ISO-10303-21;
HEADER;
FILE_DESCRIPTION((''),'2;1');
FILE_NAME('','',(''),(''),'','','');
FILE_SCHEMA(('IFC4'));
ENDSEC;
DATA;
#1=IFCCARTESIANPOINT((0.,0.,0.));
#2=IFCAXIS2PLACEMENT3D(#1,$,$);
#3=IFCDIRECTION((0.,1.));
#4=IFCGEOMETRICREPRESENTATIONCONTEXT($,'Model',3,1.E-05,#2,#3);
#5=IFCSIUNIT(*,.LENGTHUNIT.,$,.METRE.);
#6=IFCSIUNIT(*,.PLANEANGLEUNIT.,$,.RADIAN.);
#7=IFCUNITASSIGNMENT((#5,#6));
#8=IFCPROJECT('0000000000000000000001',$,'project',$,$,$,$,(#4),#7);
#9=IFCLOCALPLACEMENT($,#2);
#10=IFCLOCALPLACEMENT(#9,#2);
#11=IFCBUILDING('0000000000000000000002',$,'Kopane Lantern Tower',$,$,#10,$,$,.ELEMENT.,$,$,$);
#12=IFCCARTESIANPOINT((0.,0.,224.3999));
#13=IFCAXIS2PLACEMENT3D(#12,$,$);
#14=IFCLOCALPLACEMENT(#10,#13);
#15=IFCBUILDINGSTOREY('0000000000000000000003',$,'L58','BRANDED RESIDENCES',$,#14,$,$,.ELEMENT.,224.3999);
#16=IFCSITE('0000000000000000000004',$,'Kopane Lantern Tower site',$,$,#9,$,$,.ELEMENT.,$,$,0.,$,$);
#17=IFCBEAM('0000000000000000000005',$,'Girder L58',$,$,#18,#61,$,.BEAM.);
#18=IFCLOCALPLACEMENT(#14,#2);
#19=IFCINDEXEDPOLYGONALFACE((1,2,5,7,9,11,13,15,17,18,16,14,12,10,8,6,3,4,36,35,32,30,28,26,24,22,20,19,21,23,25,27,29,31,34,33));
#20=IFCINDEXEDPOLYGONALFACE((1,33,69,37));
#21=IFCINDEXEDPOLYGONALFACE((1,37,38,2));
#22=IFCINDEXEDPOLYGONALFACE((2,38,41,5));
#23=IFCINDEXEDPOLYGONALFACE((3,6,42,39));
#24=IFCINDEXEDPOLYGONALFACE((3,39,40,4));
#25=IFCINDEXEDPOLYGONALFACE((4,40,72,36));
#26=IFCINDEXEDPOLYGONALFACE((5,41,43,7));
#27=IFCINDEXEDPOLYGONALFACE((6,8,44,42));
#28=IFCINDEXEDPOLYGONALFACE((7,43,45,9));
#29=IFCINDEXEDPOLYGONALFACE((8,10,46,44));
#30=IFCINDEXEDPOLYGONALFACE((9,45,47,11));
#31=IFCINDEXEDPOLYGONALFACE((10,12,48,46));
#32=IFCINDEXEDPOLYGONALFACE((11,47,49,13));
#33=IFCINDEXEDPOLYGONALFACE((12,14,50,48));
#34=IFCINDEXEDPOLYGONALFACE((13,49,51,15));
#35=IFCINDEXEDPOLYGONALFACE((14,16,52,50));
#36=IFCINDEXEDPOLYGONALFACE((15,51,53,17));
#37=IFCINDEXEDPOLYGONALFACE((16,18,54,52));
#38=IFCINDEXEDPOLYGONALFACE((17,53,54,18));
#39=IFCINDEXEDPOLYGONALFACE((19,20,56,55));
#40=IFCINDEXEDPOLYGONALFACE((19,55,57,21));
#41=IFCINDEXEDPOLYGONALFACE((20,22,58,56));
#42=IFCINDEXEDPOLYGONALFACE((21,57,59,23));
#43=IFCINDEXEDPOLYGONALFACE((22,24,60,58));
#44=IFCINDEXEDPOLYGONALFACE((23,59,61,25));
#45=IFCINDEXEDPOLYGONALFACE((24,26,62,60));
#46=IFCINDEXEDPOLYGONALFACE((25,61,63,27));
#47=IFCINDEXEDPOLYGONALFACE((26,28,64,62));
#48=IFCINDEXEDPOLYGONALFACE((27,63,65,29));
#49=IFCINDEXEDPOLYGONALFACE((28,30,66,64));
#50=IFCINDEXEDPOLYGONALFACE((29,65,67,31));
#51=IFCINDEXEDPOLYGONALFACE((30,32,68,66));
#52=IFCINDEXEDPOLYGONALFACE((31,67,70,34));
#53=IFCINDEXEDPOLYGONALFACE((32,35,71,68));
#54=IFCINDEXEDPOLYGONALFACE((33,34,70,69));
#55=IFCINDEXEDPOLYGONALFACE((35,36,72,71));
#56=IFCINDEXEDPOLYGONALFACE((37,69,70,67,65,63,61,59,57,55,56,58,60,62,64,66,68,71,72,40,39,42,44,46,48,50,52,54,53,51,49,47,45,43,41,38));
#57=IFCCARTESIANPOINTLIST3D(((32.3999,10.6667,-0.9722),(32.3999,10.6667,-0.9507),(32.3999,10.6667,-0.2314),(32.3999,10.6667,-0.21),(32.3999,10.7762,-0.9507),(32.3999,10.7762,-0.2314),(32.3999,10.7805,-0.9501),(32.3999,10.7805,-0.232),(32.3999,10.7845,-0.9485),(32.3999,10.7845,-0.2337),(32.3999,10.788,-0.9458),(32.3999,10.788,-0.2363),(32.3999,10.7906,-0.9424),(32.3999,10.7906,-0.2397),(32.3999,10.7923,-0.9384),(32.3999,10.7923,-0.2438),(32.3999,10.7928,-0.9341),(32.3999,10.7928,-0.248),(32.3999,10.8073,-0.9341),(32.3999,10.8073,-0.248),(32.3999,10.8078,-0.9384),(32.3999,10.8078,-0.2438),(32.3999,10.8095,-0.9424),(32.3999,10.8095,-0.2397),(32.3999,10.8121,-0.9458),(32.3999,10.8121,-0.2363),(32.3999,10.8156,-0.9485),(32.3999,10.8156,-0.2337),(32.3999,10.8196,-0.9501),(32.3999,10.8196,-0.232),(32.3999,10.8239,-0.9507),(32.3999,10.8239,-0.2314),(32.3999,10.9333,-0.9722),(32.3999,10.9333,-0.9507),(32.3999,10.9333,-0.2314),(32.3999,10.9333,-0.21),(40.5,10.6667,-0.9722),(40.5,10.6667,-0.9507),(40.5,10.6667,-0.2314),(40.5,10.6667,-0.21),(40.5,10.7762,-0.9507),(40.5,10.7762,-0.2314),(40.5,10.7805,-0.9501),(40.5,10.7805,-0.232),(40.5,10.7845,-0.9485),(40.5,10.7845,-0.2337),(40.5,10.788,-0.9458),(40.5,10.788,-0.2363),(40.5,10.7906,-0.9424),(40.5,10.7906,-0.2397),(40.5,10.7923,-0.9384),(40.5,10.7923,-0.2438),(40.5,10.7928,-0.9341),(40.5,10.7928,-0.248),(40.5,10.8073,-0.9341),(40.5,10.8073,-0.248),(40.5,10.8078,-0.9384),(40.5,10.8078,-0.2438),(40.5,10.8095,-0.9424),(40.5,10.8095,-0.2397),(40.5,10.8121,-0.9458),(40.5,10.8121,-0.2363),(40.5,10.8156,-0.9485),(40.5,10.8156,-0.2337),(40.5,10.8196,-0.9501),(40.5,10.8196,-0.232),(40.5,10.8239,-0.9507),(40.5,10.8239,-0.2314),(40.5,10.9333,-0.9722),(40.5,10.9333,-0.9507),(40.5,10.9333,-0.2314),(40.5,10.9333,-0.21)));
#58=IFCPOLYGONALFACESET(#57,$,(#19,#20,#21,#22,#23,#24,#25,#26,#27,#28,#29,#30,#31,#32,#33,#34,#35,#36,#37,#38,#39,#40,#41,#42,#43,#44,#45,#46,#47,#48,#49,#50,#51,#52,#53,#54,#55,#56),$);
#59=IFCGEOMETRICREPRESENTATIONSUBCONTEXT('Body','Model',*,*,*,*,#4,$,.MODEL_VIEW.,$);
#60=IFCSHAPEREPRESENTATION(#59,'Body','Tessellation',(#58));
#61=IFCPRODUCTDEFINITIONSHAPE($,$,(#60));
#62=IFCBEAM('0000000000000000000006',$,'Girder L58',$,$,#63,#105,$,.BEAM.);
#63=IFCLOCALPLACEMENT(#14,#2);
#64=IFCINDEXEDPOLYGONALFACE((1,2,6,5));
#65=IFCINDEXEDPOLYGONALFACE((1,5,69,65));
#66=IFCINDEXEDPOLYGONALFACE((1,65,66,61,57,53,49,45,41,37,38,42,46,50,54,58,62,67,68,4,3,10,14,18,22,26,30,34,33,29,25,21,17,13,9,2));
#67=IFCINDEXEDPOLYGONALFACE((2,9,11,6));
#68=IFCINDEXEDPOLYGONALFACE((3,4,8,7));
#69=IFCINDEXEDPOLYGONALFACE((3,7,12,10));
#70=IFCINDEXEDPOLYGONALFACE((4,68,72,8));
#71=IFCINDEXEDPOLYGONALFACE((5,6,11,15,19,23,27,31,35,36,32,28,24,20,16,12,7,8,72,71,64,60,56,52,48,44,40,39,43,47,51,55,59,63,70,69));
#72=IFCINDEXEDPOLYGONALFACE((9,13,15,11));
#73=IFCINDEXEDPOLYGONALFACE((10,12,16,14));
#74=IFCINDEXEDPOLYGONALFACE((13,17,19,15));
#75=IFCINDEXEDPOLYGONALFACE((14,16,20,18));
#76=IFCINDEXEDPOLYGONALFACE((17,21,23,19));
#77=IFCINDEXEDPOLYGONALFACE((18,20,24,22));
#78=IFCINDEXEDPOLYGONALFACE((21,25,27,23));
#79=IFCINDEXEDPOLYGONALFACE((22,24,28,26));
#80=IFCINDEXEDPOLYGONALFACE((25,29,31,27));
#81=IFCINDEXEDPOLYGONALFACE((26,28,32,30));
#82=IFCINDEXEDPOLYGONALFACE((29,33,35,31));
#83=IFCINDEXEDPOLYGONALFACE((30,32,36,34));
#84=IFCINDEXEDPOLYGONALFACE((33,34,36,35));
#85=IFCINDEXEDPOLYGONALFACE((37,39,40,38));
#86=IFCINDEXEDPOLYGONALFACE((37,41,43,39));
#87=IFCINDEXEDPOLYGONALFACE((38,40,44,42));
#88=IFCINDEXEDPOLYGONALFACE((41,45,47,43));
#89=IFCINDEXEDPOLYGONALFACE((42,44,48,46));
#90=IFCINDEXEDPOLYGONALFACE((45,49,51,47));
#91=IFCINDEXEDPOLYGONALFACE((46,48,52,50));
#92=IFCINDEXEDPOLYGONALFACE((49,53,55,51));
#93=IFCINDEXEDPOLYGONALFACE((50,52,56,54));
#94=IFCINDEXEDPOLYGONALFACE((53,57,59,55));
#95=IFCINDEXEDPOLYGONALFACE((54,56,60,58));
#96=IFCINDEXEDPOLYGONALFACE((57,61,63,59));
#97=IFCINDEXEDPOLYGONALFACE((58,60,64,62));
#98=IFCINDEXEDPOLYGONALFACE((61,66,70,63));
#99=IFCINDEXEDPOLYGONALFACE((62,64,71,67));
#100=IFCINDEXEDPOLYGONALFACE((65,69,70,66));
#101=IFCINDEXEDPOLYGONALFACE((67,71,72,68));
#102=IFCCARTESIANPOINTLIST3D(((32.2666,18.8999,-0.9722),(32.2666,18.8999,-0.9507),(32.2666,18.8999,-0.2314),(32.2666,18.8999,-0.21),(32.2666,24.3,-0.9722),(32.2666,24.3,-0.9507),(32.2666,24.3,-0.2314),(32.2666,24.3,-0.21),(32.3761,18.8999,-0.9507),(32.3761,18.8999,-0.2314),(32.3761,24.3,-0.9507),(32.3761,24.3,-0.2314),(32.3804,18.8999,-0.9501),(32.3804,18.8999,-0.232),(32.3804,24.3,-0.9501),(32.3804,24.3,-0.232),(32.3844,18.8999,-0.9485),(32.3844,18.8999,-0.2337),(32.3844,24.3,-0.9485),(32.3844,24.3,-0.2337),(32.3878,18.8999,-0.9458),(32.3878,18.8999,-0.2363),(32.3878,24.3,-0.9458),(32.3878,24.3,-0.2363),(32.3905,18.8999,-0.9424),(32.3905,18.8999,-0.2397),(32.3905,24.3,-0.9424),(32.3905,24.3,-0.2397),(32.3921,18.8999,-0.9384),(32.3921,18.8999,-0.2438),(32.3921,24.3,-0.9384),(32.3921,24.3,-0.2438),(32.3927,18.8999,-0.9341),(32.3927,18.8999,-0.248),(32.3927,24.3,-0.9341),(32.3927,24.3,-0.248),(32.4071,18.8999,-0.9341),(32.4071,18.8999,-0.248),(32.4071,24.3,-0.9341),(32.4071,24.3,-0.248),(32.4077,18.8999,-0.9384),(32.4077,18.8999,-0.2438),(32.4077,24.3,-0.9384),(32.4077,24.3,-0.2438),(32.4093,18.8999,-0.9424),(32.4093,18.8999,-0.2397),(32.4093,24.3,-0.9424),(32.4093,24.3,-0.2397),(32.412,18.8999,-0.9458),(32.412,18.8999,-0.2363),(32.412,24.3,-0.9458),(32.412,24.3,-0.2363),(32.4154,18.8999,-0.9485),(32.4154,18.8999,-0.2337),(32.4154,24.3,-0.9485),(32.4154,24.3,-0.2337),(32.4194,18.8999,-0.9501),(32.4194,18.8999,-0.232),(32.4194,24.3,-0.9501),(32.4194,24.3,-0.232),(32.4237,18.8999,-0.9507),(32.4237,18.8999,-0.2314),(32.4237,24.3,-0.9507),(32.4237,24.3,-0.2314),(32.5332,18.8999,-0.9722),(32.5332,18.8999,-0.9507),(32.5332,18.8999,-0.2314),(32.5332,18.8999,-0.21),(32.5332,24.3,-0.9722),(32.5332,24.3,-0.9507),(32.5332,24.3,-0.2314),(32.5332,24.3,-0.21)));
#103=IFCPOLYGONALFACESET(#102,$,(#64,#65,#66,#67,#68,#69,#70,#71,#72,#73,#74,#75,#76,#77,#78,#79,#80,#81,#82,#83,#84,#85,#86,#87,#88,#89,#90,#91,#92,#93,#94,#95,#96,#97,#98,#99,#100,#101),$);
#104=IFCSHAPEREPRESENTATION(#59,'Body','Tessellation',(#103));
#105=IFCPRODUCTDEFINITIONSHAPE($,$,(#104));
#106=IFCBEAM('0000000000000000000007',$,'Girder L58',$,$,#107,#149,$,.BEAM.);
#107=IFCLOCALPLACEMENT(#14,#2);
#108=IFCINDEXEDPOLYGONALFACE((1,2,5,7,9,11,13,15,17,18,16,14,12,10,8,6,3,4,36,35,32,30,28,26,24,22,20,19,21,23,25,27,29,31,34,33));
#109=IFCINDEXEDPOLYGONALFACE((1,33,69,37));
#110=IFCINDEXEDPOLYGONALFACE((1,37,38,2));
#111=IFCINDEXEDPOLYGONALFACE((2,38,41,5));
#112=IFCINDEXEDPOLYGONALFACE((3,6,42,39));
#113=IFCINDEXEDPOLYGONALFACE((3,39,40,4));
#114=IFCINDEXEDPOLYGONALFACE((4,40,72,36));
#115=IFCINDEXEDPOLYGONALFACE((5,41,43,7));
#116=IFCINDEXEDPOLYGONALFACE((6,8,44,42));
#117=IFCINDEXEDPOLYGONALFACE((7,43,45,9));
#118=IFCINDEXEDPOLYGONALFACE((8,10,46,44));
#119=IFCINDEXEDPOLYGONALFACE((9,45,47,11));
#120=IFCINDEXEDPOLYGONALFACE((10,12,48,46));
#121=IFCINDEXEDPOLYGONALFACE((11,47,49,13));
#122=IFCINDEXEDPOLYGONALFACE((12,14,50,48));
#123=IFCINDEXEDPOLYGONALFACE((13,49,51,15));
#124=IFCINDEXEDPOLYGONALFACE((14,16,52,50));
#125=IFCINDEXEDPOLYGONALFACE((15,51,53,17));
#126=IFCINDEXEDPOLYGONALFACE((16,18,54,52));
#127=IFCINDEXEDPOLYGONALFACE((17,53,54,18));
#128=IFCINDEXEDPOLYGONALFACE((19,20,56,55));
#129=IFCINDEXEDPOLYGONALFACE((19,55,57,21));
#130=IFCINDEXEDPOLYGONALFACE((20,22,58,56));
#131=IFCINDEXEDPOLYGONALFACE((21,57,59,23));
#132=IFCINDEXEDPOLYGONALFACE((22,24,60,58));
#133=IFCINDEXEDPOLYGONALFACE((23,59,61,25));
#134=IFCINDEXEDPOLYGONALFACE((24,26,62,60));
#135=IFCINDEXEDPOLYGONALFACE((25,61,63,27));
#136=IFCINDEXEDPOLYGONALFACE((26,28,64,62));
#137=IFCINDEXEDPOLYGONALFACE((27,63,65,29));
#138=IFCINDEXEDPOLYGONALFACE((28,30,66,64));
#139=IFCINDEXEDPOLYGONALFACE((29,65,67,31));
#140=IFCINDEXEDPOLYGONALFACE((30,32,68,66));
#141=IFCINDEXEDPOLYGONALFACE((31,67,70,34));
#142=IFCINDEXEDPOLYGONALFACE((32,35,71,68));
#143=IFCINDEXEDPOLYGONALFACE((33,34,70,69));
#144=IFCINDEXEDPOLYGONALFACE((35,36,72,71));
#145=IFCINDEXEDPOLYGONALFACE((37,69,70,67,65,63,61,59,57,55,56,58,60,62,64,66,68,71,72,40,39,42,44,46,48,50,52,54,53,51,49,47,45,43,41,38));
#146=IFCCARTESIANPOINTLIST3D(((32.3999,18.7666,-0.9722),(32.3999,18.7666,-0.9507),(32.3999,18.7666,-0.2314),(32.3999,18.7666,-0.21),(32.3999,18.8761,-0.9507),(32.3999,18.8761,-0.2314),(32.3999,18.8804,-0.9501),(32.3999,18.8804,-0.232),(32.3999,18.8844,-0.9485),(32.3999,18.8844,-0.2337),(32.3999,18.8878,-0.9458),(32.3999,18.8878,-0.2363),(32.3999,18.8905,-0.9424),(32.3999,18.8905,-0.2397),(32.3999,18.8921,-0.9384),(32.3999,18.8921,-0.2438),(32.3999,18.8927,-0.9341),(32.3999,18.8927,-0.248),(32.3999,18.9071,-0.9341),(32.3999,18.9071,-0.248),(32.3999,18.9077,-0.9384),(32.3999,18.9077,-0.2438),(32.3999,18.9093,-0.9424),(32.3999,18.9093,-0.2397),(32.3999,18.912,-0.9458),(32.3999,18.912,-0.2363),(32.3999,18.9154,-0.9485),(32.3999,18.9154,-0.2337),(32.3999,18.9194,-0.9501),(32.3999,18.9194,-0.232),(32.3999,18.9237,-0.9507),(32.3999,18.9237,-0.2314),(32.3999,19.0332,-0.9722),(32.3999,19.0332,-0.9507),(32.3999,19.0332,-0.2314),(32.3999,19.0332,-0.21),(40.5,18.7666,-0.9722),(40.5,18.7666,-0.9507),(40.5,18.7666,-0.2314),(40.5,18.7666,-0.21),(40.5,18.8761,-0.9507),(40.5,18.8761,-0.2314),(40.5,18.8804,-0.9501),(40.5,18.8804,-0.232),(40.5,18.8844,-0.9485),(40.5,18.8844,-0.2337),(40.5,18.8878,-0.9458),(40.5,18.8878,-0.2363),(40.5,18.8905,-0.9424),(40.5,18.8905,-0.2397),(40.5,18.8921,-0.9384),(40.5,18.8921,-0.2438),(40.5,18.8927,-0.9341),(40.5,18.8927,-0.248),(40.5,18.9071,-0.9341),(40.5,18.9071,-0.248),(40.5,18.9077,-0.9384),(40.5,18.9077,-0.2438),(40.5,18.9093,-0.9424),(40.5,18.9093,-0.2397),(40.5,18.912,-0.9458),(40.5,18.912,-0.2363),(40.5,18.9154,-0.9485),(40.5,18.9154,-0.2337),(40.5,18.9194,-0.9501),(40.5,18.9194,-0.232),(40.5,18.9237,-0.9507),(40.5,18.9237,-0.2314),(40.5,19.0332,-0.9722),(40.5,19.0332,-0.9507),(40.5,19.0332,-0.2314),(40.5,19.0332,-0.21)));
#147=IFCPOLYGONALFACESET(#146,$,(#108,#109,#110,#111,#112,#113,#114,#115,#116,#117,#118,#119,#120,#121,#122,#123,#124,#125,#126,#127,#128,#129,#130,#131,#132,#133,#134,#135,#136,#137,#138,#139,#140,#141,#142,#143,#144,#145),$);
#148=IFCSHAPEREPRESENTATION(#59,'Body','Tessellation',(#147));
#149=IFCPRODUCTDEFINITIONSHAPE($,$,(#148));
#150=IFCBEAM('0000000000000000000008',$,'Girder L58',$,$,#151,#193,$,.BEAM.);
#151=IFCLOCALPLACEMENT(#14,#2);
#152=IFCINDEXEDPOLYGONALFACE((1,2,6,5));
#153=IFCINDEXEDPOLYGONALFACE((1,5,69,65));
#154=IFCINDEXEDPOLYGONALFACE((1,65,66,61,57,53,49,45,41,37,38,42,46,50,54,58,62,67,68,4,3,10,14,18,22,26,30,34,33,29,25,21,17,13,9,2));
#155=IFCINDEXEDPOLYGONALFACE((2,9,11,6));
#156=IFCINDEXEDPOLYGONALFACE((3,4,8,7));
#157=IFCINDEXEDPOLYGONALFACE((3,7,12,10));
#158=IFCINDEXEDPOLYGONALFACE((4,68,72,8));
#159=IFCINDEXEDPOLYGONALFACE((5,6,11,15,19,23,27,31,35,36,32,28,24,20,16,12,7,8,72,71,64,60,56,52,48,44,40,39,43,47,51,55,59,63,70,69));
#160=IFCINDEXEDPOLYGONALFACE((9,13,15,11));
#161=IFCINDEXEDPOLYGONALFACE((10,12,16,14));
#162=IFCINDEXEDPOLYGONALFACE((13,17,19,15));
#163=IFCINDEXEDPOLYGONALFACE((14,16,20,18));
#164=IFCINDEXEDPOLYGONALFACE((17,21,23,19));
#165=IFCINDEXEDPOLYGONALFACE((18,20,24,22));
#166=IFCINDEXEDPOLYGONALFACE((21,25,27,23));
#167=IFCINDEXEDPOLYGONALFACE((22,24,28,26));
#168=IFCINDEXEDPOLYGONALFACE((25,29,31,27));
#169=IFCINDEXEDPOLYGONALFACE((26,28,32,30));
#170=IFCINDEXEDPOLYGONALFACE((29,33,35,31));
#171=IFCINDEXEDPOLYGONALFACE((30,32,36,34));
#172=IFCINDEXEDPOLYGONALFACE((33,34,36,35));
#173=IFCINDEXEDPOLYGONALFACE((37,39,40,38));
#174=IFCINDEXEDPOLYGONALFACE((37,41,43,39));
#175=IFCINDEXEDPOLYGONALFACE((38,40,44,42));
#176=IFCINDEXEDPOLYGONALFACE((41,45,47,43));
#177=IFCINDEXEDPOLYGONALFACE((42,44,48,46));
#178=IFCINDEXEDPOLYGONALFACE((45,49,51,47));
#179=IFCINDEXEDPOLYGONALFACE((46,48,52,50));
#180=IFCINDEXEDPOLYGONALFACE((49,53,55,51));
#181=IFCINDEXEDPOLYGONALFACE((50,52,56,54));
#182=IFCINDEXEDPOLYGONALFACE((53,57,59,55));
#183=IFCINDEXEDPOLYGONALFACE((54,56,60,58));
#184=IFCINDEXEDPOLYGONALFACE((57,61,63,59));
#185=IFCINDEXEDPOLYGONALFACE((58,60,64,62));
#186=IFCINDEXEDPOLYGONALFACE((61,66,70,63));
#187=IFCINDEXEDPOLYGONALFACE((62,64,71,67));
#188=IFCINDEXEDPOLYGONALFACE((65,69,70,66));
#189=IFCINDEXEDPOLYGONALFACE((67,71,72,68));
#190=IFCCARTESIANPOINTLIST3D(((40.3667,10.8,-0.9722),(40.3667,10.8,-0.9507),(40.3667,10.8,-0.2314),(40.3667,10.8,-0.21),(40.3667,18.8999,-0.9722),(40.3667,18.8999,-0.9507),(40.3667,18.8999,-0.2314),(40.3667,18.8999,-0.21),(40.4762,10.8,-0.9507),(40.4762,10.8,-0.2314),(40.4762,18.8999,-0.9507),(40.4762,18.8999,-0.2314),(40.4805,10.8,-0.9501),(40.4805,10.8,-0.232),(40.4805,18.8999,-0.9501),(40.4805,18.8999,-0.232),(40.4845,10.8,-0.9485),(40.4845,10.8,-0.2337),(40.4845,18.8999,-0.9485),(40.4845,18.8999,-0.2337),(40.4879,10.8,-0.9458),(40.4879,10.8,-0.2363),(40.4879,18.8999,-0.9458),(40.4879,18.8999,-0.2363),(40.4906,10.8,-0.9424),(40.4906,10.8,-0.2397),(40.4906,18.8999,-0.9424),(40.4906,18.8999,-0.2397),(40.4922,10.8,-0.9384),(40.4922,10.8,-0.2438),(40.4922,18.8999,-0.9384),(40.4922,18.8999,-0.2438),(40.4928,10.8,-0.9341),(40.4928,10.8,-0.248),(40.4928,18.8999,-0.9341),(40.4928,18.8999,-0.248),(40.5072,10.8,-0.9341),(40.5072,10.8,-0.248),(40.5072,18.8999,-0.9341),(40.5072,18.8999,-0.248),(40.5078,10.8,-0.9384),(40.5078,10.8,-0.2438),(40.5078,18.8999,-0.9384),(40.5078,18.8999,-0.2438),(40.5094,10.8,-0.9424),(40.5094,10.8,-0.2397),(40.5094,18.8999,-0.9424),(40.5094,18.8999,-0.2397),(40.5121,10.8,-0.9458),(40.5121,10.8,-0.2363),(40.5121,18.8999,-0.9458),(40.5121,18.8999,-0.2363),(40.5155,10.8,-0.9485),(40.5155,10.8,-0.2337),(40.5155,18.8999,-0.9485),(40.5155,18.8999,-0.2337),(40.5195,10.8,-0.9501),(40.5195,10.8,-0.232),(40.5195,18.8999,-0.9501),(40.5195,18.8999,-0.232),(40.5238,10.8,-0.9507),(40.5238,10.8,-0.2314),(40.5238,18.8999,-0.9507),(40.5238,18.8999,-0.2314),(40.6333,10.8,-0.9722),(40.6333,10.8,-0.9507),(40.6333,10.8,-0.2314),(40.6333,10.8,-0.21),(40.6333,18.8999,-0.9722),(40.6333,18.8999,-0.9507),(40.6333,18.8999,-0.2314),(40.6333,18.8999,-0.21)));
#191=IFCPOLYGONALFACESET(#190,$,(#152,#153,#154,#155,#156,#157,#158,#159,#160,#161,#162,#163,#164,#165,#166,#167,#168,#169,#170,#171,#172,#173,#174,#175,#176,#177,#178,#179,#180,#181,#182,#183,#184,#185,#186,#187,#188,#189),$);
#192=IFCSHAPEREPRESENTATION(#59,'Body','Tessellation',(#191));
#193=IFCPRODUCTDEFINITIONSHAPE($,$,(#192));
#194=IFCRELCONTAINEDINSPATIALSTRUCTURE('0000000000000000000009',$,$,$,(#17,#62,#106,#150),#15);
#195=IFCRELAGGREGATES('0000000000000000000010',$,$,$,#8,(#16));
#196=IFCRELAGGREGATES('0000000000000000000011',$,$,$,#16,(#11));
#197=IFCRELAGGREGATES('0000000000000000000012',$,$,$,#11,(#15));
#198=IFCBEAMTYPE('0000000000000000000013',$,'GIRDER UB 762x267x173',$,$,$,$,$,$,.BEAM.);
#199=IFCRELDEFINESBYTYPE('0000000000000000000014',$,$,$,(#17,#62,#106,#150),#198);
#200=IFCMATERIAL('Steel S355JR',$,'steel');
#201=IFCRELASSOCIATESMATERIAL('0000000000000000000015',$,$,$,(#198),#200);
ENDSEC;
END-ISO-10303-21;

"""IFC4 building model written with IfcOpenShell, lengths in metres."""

from ifc_helpers import new_model, si_unit, direction, frame, origin, origin_2d, place, context, subcontext, project, spatial, i_section, extrude, material, material_profile, profile_set, type_object, element, save


model = new_model("IFC4")

# Units and contexts
model_context = context("Model", 3, precision=1e-05, world=origin(), true_north=direction((0.0, 1.0)))
body_context = subcontext(model_context, "Body", "Model", "MODEL_VIEW")
ifc_project = project(units=[si_unit("LENGTHUNIT", "METRE"), si_unit("PLANEANGLEUNIT", "RADIAN")], contexts=[model_context])

# Site, building, storey
site_placement = place(None, origin())
site = spatial("IfcSite", under=ifc_project, at=site_placement, Name="Kopane Lantern Tower site", CompositionType="ELEMENT", RefElevation=0.0)
building_placement = place(site_placement, origin())
building = spatial("IfcBuilding", under=site, at=building_placement, Name="Kopane Lantern Tower", CompositionType="ELEMENT")
storey_placement = place(building_placement, frame((0.0, 0.0, 224.3999)))
storey = spatial("IfcBuildingStorey", under=building, at=storey_placement, Name="L58", Description="BRANDED RESIDENCES", CompositionType="ELEMENT", Elevation=224.3999)

# Beams
ifc_material_1 = material(Name="Steel S355JR", Category="steel")
ifc_material_profile_1 = material_profile(ifc_material_1, i_section(OverallWidth=0.2666, OverallDepth=0.7622, WebThickness=0.0144, FlangeThickness=0.0215, FilletRadius=0.0166, at=origin_2d()), Name="UB 762x267x173")
ifc_profile_set_1 = profile_set([ifc_material_profile_1], Name="Steel S355JR")
beam_type = type_object("IfcBeamType", Name="GIRDER UB 762x267x173", PredefinedType="BEAM", material=ifc_profile_set_1)
beam_1_placement = place(storey_placement, frame((32.3999, 10.8, -0.5911), z_axis=(1.0, 0.0, 0.0), x_axis=(0.0, 1.0, 0.0)))
element("IfcBeam", 1, at=beam_1_placement, inside=storey, type_object=beam_type, Name="Girder L58", PredefinedType="BEAM", context=body_context, shape_type="SweptSolid", body=[
    extrude(i_section(OverallWidth=0.2666, OverallDepth=0.7622, WebThickness=0.0144, FlangeThickness=0.0215, FilletRadius=0.0166, at=origin_2d()), origin(), (0.0, 0.0, 1.0), 8.1001),
])
beam_2_placement = place(storey_placement, frame((32.3999, 18.8999, -0.5911), z_axis=(0.0, 1.0, 0.0), x_axis=(-1.0, 0.0, 0.0)))
element("IfcBeam", 2, at=beam_2_placement, inside=storey, type_object=beam_type, Name="Girder L58", PredefinedType="BEAM", context=body_context, shape_type="SweptSolid", body=[
    extrude(i_section(OverallWidth=0.2666, OverallDepth=0.7622, WebThickness=0.0144, FlangeThickness=0.0215, FilletRadius=0.0166, at=origin_2d()), origin(), (0.0, 0.0, 1.0), 5.4001),
])
beam_3_placement = place(storey_placement, frame((32.3999, 18.8999, -0.5911), z_axis=(1.0, 0.0, 0.0), x_axis=(0.0, 1.0, 0.0)))
element("IfcBeam", 3, at=beam_3_placement, inside=storey, type_object=beam_type, Name="Girder L58", PredefinedType="BEAM", context=body_context, shape_type="SweptSolid", body=[
    extrude(i_section(OverallWidth=0.2666, OverallDepth=0.7622, WebThickness=0.0144, FlangeThickness=0.0215, FilletRadius=0.0166, at=origin_2d()), origin(), (0.0, 0.0, 1.0), 8.1001),
])
beam_4_placement = place(storey_placement, frame((40.5, 10.8, -0.5911), z_axis=(0.0, 1.0, 0.0), x_axis=(-1.0, 0.0, 0.0)))
element("IfcBeam", 4, at=beam_4_placement, inside=storey, type_object=beam_type, Name="Girder L58", PredefinedType="BEAM", context=body_context, shape_type="SweptSolid", body=[
    extrude(i_section(OverallWidth=0.2666, OverallDepth=0.7622, WebThickness=0.0144, FlangeThickness=0.0215, FilletRadius=0.0166, at=origin_2d()), origin(), (0.0, 0.0, 1.0), 8.0999),
])

save(model, "model.ifc")
